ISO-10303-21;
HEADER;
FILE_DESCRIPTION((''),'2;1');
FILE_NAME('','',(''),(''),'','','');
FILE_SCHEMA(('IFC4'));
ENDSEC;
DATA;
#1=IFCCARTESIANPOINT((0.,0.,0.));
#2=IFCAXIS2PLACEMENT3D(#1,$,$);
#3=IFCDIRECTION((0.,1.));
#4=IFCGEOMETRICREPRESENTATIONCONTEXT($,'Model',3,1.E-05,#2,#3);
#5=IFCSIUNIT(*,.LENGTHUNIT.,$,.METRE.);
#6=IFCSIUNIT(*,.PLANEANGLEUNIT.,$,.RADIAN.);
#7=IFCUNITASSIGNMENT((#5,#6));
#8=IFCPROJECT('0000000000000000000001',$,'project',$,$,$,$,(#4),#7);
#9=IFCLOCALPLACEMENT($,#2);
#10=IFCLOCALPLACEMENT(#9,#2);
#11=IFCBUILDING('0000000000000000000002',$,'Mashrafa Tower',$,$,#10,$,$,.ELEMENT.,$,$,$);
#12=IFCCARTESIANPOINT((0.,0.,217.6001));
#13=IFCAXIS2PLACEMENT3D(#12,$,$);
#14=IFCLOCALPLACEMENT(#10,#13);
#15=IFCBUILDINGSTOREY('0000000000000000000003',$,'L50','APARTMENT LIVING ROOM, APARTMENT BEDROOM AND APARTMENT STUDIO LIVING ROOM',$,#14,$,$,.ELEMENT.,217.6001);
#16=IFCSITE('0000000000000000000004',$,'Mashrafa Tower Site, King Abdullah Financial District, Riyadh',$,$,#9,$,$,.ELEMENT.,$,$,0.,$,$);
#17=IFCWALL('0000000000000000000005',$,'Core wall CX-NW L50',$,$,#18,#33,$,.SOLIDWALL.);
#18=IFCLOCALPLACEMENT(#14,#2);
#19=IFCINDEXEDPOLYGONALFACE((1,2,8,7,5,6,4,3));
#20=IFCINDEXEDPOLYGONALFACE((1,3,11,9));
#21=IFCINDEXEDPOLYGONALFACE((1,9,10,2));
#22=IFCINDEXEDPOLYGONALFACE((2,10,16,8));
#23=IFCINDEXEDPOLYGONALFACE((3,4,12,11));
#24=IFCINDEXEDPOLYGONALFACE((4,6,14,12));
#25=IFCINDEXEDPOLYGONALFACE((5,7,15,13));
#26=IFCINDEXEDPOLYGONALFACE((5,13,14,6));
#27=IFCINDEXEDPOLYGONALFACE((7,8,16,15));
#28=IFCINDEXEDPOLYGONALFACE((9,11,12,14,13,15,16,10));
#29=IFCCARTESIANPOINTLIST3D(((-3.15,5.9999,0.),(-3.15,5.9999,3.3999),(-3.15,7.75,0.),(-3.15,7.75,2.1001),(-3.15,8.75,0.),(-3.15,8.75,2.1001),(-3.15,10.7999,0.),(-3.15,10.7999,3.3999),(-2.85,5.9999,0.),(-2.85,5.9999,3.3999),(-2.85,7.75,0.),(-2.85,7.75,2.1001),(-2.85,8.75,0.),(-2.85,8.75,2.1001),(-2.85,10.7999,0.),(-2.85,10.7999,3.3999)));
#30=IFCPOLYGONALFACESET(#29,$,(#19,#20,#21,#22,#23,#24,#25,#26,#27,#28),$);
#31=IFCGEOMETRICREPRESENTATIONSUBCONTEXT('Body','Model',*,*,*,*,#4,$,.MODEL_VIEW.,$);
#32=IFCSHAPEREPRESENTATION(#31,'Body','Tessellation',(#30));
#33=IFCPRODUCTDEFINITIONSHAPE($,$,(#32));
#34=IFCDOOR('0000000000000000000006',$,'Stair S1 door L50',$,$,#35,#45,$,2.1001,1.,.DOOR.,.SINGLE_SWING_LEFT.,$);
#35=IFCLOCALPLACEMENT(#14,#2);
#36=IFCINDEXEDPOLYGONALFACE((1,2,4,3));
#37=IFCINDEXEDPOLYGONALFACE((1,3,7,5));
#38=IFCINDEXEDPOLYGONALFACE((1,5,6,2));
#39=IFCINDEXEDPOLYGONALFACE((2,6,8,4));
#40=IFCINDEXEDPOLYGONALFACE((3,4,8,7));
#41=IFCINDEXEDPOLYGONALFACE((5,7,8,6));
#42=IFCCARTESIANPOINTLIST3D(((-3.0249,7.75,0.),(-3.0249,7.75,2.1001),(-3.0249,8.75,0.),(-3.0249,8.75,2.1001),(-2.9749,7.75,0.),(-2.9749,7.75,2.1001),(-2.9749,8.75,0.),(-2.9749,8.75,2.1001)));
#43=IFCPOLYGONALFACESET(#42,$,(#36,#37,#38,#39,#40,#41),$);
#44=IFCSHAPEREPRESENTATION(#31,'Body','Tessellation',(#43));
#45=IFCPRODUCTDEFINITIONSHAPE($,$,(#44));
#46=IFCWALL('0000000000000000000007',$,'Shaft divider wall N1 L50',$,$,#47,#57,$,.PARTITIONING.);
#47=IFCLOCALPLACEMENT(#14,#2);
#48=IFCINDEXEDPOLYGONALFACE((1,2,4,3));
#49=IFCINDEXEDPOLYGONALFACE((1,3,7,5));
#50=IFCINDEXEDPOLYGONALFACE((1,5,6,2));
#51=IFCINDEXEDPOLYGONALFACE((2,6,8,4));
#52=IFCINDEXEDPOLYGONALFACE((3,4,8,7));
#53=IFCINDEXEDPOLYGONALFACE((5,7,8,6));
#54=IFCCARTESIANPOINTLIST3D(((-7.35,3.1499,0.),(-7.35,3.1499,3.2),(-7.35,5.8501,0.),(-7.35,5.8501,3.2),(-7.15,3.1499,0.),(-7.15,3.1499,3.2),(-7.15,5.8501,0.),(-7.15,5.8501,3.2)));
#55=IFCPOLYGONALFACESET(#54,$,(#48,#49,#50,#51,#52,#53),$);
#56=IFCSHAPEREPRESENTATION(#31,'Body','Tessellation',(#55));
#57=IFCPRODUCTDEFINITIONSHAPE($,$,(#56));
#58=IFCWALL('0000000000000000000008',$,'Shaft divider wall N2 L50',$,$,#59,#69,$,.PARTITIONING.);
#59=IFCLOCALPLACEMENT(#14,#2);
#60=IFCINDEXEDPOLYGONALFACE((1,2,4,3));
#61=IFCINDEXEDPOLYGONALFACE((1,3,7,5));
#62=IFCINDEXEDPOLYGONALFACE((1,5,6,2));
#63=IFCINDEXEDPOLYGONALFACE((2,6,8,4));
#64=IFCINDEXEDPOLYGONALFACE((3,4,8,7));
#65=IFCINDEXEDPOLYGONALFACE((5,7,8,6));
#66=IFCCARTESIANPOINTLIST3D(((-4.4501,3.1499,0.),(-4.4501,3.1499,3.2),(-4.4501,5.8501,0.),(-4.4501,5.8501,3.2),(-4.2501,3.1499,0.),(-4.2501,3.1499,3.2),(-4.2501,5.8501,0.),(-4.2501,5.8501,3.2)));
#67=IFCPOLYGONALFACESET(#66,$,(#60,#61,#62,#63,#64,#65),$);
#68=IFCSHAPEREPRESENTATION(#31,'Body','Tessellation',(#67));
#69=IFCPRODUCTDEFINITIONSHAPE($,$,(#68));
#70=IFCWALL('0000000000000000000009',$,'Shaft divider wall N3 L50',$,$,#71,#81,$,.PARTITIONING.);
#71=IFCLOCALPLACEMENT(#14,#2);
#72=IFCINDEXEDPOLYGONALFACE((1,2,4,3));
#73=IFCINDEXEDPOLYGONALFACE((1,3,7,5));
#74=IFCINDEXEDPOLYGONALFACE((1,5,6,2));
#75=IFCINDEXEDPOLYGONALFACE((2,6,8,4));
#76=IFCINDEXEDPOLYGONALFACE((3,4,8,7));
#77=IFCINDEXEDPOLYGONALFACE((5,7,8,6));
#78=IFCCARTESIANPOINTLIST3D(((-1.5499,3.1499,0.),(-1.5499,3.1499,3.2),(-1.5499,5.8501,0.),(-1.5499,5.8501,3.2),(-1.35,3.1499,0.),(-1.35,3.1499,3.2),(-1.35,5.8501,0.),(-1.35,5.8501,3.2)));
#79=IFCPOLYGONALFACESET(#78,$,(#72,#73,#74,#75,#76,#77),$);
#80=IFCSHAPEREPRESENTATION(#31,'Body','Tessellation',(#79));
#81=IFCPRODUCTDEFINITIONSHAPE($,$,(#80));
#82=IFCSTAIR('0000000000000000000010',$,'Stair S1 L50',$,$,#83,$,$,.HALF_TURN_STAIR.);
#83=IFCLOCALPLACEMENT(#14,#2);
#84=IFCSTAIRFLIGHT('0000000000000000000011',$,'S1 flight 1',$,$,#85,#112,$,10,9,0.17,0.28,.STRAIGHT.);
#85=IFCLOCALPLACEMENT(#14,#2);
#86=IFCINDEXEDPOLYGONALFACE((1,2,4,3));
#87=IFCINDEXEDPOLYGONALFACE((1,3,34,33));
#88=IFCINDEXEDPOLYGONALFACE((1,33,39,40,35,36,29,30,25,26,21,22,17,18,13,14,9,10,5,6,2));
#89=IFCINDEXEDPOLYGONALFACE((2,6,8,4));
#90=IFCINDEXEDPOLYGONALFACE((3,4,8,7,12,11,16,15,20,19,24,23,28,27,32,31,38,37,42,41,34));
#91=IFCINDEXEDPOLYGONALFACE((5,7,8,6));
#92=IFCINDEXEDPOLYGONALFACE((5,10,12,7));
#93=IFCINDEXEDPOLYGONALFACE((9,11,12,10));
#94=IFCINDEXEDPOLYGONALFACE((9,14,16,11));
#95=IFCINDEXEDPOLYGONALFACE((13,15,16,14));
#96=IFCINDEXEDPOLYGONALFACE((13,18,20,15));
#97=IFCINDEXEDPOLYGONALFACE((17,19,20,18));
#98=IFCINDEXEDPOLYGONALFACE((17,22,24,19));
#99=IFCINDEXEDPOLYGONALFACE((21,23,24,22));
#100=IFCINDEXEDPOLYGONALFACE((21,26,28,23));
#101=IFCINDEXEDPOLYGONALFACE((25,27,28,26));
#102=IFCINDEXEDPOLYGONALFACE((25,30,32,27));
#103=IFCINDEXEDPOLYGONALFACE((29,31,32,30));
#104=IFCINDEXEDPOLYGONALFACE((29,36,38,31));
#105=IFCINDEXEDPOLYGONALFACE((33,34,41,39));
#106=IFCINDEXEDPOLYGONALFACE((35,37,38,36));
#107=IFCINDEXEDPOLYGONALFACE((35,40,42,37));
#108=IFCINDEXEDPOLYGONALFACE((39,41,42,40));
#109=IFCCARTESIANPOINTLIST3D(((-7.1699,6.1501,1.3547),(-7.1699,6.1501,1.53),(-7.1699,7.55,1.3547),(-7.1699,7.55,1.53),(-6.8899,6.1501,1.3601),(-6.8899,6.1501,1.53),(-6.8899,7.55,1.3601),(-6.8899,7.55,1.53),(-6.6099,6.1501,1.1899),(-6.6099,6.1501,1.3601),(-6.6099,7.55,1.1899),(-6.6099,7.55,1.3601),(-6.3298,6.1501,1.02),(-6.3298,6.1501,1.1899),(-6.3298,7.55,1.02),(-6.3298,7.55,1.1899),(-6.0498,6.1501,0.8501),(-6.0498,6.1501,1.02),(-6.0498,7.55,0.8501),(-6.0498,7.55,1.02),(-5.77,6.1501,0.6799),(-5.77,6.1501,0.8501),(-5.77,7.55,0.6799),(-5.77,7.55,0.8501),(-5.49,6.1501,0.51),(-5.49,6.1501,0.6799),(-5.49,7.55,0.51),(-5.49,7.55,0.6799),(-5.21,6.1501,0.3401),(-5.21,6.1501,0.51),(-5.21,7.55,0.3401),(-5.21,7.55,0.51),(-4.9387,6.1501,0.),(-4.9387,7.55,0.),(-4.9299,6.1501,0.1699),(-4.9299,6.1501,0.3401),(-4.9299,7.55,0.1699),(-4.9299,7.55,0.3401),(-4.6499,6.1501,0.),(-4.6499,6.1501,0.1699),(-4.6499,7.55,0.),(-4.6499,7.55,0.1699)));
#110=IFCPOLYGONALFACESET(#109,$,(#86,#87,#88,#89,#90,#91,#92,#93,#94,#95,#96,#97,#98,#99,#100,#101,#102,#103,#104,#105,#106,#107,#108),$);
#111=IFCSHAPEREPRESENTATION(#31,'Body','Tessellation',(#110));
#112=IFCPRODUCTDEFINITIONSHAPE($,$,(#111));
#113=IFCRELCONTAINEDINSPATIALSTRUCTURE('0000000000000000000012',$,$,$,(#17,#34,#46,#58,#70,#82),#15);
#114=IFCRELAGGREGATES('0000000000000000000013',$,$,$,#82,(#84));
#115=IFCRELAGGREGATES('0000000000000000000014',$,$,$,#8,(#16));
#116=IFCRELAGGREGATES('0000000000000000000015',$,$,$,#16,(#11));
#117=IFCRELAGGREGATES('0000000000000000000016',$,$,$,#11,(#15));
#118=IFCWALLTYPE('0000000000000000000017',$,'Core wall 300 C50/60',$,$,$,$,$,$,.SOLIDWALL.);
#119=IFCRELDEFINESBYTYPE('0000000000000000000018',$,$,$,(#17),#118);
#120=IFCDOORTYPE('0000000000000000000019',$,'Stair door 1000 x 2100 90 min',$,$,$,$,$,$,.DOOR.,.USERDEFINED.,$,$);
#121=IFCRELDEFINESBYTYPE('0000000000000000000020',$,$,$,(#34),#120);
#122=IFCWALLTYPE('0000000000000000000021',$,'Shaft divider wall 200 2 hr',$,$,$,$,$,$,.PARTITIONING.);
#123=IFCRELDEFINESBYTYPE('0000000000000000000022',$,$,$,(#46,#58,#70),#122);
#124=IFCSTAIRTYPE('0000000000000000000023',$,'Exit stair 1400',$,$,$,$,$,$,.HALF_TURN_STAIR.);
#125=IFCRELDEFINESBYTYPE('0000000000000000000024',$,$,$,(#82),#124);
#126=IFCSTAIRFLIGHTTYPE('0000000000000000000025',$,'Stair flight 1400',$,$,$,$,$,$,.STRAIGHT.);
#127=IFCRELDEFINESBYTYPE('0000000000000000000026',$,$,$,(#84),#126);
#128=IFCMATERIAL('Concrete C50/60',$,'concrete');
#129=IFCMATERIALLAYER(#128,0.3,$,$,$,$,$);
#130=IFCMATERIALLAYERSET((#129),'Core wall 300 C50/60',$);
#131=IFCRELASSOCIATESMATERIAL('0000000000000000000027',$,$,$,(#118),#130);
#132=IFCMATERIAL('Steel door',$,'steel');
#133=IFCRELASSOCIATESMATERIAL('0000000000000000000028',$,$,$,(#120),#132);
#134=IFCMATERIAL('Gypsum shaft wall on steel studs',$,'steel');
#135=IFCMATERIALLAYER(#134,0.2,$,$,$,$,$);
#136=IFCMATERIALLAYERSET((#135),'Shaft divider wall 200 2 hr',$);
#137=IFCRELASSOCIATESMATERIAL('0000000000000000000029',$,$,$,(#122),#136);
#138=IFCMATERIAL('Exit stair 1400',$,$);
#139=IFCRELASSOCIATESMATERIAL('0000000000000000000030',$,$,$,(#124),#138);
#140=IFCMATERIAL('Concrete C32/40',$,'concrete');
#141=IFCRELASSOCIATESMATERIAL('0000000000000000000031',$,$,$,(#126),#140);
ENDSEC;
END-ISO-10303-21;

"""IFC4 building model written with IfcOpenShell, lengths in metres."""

from ifc_helpers import new_model, si_unit, direction, frame, frame_2d, origin, place, context, subcontext, project, spatial, polyline, rectangle, outline, extrude, material, layer, layer_set, type_object, element, fill, aggregate, save


model = new_model("IFC4")

# Units and contexts
model_context = context("Model", 3, precision=1e-05, world=origin(), true_north=direction((0.0, 1.0)))
body_context = subcontext(model_context, "Body", "Model", "MODEL_VIEW")
ifc_project = project(units=[si_unit("LENGTHUNIT", "METRE"), si_unit("PLANEANGLEUNIT", "RADIAN")], contexts=[model_context])

# Site, building, storey
site_placement = place(None, origin())
site = spatial("IfcSite", under=ifc_project, at=site_placement, Name="Mashrafa Tower Site, King Abdullah Financial District, Riyadh", CompositionType="ELEMENT", RefElevation=0.0)
building_placement = place(site_placement, origin())
building = spatial("IfcBuilding", under=site, at=building_placement, Name="Mashrafa Tower", CompositionType="ELEMENT")
storey_placement = place(building_placement, frame((0.0, 0.0, 217.6001)))
storey = spatial("IfcBuildingStorey", under=building, at=storey_placement, Name="L50", Description="APARTMENT LIVING ROOM, APARTMENT BEDROOM AND APARTMENT STUDIO LIVING ROOM", CompositionType="ELEMENT", Elevation=217.6001)

# Shared definitions
ifc_material_1 = material(Name="Concrete C50/60", Category="concrete")
ifc_layer_1 = layer(ifc_material_1, 0.3)
ifc_layer_set_1 = layer_set([ifc_layer_1], Name="Core wall 300 C50/60")
wall_type_1 = type_object("IfcWallType", Name="Core wall 300 C50/60", PredefinedType="SOLIDWALL", material=ifc_layer_set_1)

# Wall, opening, door
wall_1_placement = place(storey_placement, frame((-3.0, 6.0, 0.0), z_axis=(0.0, 0.0, 1.0), x_axis=(0.0, 1.0, 0.0)))
wall_1 = element("IfcWall", 1, at=wall_1_placement, inside=storey, type_object=wall_type_1, Name="Core wall CX-NW L50", PredefinedType="SOLIDWALL", context=body_context, shape_type="SweptSolid", body=[
    extrude(rectangle(XDim=4.8, YDim=0.3, at=frame_2d((2.3999, 0.0))), origin(), (0.0, 0.0, 1.0), 3.3999),
])
opening_1_placement = place(wall_1_placement, frame((1.75, 0.0, 0.0)))
opening_1 = element("IfcOpeningElement", 2, at=opening_1_placement, cuts=wall_1, PredefinedType="OPENING", context=body_context, shape_type="SweptSolid", body=[
    extrude(rectangle(XDim=1.0, YDim=2.1001, at=frame_2d((0.5, 1.05))), frame((0.0, 0.1599, 0.0), z_axis=(0.0, -1.0, 0.0), x_axis=(1.0, 0.0, 0.0)), (0.0, 0.0, 1.0), 0.3201),
])
ifc_material_2 = material(Name="Steel door", Category="steel")
door_type_1 = type_object("IfcDoorType", Name="Stair door 1000 x 2100 90 min", OperationType="USERDEFINED", PredefinedType="DOOR", material=ifc_material_2)
door_1_placement = place(opening_1_placement, origin())
door_1 = element("IfcDoor", 3, at=door_1_placement, inside=storey, type_object=door_type_1, Name="Stair S1 door L50", OperationType="SINGLE_SWING_LEFT", OverallHeight=2.1001, OverallWidth=1.0, PredefinedType="DOOR", context=body_context, shape_type="SweptSolid", body=[
    extrude(rectangle(XDim=1.0, YDim=2.1001, at=frame_2d((0.5, 1.05))), frame((0.0, 0.0249, 0.0), z_axis=(0.0, -1.0, 0.0), x_axis=(1.0, 0.0, 0.0)), (0.0, 0.0, 1.0), 0.05),
])
fill(opening_1, door_1)

# Walls
ifc_material_3 = material(Name="Gypsum shaft wall on steel studs", Category="steel")
ifc_layer_2 = layer(ifc_material_3, 0.2)
ifc_layer_set_2 = layer_set([ifc_layer_2], Name="Shaft divider wall 200 2 hr")
wall_type_2 = type_object("IfcWallType", Name="Shaft divider wall 200 2 hr", PredefinedType="PARTITIONING", material=ifc_layer_set_2)
for number, where, z_axis, x_axis, name in (
    (4, (-7.25, 3.1499, 0.0), (0.0, 0.0, 1.0), (0.0, 1.0, 0.0), "Shaft divider wall N1 L50"),
    (5, (-4.3501, 3.1499, 0.0), (0.0, 0.0, 1.0), (0.0, 1.0, 0.0), "Shaft divider wall N2 L50"),
    (6, (-1.45, 3.1499, 0.0), (0.0, 0.0, 1.0), (0.0, 1.0, 0.0), "Shaft divider wall N3 L50"),
):
    element("IfcWall", number, at=place(storey_placement, frame(where, z_axis=z_axis, x_axis=x_axis)), inside=storey, type_object=wall_type_2, Name=name, PredefinedType="PARTITIONING", context=body_context, shape_type="SweptSolid", body=[
        extrude(rectangle(XDim=2.7002, YDim=0.2, at=frame_2d((1.3501, 0.0))), origin(), (0.0, 0.0, 1.0), 3.2),
    ])

# Stair, stair flight
ifc_material_4 = material(Name="Exit stair 1400")
stair_type = type_object("IfcStairType", Name="Exit stair 1400", PredefinedType="HALF_TURN_STAIR", material=ifc_material_4)
stair_placement = place(storey_placement, origin())
stair = element("IfcStair", 7, at=stair_placement, inside=storey, type_object=stair_type, Name="Stair S1 L50", PredefinedType="HALF_TURN_STAIR")
ifc_material_5 = material(Name="Concrete C32/40", Category="concrete")
stair_flight_type = type_object("IfcStairFlightType", Name="Stair flight 1400", PredefinedType="STRAIGHT", material=ifc_material_5)
stair_flight_placement = place(storey_placement, frame((-4.6499, 6.8501, 0.0), z_axis=(0.0, 0.0, 1.0), x_axis=(-1.0, 0.0, 0.0)))
stair_flight = element("IfcStairFlight", 8, at=stair_flight_placement, type_object=stair_flight_type, Name="S1 flight 1", NumberOfRisers=10, NumberOfTreads=9, PredefinedType="STRAIGHT", RiserHeight=0.17, TreadLength=0.28, context=body_context, shape_type="SweptSolid", body=[
    extrude(outline(polyline([(0.0, 0.0), (0.0, 0.1699), (0.28, 0.1699), (0.28, 0.3401), (0.5601, 0.3401), (0.5601, 0.51), (0.8401, 0.51), (0.8401, 0.6799), (1.1201, 0.6799), (1.1201, 0.8501), (1.3999, 0.8501), (1.3999, 1.02), (1.6799, 1.02), (1.6799, 1.1899), (1.96, 1.1899), (1.96, 1.3601), (2.24, 1.3601), (2.24, 1.53), (2.52, 1.53), (2.52, 1.7), (2.52, 1.3547), (0.2888, 0.0), (0.0, 0.0)])), frame((0.0, 0.7, 0.0), z_axis=(0.0, -1.0, 0.0), x_axis=(1.0, 0.0, 0.0)), (0.0, 0.0, 1.0), 1.3999),
])
aggregate(stair, [stair_flight])

save(model, "model.ifc")
